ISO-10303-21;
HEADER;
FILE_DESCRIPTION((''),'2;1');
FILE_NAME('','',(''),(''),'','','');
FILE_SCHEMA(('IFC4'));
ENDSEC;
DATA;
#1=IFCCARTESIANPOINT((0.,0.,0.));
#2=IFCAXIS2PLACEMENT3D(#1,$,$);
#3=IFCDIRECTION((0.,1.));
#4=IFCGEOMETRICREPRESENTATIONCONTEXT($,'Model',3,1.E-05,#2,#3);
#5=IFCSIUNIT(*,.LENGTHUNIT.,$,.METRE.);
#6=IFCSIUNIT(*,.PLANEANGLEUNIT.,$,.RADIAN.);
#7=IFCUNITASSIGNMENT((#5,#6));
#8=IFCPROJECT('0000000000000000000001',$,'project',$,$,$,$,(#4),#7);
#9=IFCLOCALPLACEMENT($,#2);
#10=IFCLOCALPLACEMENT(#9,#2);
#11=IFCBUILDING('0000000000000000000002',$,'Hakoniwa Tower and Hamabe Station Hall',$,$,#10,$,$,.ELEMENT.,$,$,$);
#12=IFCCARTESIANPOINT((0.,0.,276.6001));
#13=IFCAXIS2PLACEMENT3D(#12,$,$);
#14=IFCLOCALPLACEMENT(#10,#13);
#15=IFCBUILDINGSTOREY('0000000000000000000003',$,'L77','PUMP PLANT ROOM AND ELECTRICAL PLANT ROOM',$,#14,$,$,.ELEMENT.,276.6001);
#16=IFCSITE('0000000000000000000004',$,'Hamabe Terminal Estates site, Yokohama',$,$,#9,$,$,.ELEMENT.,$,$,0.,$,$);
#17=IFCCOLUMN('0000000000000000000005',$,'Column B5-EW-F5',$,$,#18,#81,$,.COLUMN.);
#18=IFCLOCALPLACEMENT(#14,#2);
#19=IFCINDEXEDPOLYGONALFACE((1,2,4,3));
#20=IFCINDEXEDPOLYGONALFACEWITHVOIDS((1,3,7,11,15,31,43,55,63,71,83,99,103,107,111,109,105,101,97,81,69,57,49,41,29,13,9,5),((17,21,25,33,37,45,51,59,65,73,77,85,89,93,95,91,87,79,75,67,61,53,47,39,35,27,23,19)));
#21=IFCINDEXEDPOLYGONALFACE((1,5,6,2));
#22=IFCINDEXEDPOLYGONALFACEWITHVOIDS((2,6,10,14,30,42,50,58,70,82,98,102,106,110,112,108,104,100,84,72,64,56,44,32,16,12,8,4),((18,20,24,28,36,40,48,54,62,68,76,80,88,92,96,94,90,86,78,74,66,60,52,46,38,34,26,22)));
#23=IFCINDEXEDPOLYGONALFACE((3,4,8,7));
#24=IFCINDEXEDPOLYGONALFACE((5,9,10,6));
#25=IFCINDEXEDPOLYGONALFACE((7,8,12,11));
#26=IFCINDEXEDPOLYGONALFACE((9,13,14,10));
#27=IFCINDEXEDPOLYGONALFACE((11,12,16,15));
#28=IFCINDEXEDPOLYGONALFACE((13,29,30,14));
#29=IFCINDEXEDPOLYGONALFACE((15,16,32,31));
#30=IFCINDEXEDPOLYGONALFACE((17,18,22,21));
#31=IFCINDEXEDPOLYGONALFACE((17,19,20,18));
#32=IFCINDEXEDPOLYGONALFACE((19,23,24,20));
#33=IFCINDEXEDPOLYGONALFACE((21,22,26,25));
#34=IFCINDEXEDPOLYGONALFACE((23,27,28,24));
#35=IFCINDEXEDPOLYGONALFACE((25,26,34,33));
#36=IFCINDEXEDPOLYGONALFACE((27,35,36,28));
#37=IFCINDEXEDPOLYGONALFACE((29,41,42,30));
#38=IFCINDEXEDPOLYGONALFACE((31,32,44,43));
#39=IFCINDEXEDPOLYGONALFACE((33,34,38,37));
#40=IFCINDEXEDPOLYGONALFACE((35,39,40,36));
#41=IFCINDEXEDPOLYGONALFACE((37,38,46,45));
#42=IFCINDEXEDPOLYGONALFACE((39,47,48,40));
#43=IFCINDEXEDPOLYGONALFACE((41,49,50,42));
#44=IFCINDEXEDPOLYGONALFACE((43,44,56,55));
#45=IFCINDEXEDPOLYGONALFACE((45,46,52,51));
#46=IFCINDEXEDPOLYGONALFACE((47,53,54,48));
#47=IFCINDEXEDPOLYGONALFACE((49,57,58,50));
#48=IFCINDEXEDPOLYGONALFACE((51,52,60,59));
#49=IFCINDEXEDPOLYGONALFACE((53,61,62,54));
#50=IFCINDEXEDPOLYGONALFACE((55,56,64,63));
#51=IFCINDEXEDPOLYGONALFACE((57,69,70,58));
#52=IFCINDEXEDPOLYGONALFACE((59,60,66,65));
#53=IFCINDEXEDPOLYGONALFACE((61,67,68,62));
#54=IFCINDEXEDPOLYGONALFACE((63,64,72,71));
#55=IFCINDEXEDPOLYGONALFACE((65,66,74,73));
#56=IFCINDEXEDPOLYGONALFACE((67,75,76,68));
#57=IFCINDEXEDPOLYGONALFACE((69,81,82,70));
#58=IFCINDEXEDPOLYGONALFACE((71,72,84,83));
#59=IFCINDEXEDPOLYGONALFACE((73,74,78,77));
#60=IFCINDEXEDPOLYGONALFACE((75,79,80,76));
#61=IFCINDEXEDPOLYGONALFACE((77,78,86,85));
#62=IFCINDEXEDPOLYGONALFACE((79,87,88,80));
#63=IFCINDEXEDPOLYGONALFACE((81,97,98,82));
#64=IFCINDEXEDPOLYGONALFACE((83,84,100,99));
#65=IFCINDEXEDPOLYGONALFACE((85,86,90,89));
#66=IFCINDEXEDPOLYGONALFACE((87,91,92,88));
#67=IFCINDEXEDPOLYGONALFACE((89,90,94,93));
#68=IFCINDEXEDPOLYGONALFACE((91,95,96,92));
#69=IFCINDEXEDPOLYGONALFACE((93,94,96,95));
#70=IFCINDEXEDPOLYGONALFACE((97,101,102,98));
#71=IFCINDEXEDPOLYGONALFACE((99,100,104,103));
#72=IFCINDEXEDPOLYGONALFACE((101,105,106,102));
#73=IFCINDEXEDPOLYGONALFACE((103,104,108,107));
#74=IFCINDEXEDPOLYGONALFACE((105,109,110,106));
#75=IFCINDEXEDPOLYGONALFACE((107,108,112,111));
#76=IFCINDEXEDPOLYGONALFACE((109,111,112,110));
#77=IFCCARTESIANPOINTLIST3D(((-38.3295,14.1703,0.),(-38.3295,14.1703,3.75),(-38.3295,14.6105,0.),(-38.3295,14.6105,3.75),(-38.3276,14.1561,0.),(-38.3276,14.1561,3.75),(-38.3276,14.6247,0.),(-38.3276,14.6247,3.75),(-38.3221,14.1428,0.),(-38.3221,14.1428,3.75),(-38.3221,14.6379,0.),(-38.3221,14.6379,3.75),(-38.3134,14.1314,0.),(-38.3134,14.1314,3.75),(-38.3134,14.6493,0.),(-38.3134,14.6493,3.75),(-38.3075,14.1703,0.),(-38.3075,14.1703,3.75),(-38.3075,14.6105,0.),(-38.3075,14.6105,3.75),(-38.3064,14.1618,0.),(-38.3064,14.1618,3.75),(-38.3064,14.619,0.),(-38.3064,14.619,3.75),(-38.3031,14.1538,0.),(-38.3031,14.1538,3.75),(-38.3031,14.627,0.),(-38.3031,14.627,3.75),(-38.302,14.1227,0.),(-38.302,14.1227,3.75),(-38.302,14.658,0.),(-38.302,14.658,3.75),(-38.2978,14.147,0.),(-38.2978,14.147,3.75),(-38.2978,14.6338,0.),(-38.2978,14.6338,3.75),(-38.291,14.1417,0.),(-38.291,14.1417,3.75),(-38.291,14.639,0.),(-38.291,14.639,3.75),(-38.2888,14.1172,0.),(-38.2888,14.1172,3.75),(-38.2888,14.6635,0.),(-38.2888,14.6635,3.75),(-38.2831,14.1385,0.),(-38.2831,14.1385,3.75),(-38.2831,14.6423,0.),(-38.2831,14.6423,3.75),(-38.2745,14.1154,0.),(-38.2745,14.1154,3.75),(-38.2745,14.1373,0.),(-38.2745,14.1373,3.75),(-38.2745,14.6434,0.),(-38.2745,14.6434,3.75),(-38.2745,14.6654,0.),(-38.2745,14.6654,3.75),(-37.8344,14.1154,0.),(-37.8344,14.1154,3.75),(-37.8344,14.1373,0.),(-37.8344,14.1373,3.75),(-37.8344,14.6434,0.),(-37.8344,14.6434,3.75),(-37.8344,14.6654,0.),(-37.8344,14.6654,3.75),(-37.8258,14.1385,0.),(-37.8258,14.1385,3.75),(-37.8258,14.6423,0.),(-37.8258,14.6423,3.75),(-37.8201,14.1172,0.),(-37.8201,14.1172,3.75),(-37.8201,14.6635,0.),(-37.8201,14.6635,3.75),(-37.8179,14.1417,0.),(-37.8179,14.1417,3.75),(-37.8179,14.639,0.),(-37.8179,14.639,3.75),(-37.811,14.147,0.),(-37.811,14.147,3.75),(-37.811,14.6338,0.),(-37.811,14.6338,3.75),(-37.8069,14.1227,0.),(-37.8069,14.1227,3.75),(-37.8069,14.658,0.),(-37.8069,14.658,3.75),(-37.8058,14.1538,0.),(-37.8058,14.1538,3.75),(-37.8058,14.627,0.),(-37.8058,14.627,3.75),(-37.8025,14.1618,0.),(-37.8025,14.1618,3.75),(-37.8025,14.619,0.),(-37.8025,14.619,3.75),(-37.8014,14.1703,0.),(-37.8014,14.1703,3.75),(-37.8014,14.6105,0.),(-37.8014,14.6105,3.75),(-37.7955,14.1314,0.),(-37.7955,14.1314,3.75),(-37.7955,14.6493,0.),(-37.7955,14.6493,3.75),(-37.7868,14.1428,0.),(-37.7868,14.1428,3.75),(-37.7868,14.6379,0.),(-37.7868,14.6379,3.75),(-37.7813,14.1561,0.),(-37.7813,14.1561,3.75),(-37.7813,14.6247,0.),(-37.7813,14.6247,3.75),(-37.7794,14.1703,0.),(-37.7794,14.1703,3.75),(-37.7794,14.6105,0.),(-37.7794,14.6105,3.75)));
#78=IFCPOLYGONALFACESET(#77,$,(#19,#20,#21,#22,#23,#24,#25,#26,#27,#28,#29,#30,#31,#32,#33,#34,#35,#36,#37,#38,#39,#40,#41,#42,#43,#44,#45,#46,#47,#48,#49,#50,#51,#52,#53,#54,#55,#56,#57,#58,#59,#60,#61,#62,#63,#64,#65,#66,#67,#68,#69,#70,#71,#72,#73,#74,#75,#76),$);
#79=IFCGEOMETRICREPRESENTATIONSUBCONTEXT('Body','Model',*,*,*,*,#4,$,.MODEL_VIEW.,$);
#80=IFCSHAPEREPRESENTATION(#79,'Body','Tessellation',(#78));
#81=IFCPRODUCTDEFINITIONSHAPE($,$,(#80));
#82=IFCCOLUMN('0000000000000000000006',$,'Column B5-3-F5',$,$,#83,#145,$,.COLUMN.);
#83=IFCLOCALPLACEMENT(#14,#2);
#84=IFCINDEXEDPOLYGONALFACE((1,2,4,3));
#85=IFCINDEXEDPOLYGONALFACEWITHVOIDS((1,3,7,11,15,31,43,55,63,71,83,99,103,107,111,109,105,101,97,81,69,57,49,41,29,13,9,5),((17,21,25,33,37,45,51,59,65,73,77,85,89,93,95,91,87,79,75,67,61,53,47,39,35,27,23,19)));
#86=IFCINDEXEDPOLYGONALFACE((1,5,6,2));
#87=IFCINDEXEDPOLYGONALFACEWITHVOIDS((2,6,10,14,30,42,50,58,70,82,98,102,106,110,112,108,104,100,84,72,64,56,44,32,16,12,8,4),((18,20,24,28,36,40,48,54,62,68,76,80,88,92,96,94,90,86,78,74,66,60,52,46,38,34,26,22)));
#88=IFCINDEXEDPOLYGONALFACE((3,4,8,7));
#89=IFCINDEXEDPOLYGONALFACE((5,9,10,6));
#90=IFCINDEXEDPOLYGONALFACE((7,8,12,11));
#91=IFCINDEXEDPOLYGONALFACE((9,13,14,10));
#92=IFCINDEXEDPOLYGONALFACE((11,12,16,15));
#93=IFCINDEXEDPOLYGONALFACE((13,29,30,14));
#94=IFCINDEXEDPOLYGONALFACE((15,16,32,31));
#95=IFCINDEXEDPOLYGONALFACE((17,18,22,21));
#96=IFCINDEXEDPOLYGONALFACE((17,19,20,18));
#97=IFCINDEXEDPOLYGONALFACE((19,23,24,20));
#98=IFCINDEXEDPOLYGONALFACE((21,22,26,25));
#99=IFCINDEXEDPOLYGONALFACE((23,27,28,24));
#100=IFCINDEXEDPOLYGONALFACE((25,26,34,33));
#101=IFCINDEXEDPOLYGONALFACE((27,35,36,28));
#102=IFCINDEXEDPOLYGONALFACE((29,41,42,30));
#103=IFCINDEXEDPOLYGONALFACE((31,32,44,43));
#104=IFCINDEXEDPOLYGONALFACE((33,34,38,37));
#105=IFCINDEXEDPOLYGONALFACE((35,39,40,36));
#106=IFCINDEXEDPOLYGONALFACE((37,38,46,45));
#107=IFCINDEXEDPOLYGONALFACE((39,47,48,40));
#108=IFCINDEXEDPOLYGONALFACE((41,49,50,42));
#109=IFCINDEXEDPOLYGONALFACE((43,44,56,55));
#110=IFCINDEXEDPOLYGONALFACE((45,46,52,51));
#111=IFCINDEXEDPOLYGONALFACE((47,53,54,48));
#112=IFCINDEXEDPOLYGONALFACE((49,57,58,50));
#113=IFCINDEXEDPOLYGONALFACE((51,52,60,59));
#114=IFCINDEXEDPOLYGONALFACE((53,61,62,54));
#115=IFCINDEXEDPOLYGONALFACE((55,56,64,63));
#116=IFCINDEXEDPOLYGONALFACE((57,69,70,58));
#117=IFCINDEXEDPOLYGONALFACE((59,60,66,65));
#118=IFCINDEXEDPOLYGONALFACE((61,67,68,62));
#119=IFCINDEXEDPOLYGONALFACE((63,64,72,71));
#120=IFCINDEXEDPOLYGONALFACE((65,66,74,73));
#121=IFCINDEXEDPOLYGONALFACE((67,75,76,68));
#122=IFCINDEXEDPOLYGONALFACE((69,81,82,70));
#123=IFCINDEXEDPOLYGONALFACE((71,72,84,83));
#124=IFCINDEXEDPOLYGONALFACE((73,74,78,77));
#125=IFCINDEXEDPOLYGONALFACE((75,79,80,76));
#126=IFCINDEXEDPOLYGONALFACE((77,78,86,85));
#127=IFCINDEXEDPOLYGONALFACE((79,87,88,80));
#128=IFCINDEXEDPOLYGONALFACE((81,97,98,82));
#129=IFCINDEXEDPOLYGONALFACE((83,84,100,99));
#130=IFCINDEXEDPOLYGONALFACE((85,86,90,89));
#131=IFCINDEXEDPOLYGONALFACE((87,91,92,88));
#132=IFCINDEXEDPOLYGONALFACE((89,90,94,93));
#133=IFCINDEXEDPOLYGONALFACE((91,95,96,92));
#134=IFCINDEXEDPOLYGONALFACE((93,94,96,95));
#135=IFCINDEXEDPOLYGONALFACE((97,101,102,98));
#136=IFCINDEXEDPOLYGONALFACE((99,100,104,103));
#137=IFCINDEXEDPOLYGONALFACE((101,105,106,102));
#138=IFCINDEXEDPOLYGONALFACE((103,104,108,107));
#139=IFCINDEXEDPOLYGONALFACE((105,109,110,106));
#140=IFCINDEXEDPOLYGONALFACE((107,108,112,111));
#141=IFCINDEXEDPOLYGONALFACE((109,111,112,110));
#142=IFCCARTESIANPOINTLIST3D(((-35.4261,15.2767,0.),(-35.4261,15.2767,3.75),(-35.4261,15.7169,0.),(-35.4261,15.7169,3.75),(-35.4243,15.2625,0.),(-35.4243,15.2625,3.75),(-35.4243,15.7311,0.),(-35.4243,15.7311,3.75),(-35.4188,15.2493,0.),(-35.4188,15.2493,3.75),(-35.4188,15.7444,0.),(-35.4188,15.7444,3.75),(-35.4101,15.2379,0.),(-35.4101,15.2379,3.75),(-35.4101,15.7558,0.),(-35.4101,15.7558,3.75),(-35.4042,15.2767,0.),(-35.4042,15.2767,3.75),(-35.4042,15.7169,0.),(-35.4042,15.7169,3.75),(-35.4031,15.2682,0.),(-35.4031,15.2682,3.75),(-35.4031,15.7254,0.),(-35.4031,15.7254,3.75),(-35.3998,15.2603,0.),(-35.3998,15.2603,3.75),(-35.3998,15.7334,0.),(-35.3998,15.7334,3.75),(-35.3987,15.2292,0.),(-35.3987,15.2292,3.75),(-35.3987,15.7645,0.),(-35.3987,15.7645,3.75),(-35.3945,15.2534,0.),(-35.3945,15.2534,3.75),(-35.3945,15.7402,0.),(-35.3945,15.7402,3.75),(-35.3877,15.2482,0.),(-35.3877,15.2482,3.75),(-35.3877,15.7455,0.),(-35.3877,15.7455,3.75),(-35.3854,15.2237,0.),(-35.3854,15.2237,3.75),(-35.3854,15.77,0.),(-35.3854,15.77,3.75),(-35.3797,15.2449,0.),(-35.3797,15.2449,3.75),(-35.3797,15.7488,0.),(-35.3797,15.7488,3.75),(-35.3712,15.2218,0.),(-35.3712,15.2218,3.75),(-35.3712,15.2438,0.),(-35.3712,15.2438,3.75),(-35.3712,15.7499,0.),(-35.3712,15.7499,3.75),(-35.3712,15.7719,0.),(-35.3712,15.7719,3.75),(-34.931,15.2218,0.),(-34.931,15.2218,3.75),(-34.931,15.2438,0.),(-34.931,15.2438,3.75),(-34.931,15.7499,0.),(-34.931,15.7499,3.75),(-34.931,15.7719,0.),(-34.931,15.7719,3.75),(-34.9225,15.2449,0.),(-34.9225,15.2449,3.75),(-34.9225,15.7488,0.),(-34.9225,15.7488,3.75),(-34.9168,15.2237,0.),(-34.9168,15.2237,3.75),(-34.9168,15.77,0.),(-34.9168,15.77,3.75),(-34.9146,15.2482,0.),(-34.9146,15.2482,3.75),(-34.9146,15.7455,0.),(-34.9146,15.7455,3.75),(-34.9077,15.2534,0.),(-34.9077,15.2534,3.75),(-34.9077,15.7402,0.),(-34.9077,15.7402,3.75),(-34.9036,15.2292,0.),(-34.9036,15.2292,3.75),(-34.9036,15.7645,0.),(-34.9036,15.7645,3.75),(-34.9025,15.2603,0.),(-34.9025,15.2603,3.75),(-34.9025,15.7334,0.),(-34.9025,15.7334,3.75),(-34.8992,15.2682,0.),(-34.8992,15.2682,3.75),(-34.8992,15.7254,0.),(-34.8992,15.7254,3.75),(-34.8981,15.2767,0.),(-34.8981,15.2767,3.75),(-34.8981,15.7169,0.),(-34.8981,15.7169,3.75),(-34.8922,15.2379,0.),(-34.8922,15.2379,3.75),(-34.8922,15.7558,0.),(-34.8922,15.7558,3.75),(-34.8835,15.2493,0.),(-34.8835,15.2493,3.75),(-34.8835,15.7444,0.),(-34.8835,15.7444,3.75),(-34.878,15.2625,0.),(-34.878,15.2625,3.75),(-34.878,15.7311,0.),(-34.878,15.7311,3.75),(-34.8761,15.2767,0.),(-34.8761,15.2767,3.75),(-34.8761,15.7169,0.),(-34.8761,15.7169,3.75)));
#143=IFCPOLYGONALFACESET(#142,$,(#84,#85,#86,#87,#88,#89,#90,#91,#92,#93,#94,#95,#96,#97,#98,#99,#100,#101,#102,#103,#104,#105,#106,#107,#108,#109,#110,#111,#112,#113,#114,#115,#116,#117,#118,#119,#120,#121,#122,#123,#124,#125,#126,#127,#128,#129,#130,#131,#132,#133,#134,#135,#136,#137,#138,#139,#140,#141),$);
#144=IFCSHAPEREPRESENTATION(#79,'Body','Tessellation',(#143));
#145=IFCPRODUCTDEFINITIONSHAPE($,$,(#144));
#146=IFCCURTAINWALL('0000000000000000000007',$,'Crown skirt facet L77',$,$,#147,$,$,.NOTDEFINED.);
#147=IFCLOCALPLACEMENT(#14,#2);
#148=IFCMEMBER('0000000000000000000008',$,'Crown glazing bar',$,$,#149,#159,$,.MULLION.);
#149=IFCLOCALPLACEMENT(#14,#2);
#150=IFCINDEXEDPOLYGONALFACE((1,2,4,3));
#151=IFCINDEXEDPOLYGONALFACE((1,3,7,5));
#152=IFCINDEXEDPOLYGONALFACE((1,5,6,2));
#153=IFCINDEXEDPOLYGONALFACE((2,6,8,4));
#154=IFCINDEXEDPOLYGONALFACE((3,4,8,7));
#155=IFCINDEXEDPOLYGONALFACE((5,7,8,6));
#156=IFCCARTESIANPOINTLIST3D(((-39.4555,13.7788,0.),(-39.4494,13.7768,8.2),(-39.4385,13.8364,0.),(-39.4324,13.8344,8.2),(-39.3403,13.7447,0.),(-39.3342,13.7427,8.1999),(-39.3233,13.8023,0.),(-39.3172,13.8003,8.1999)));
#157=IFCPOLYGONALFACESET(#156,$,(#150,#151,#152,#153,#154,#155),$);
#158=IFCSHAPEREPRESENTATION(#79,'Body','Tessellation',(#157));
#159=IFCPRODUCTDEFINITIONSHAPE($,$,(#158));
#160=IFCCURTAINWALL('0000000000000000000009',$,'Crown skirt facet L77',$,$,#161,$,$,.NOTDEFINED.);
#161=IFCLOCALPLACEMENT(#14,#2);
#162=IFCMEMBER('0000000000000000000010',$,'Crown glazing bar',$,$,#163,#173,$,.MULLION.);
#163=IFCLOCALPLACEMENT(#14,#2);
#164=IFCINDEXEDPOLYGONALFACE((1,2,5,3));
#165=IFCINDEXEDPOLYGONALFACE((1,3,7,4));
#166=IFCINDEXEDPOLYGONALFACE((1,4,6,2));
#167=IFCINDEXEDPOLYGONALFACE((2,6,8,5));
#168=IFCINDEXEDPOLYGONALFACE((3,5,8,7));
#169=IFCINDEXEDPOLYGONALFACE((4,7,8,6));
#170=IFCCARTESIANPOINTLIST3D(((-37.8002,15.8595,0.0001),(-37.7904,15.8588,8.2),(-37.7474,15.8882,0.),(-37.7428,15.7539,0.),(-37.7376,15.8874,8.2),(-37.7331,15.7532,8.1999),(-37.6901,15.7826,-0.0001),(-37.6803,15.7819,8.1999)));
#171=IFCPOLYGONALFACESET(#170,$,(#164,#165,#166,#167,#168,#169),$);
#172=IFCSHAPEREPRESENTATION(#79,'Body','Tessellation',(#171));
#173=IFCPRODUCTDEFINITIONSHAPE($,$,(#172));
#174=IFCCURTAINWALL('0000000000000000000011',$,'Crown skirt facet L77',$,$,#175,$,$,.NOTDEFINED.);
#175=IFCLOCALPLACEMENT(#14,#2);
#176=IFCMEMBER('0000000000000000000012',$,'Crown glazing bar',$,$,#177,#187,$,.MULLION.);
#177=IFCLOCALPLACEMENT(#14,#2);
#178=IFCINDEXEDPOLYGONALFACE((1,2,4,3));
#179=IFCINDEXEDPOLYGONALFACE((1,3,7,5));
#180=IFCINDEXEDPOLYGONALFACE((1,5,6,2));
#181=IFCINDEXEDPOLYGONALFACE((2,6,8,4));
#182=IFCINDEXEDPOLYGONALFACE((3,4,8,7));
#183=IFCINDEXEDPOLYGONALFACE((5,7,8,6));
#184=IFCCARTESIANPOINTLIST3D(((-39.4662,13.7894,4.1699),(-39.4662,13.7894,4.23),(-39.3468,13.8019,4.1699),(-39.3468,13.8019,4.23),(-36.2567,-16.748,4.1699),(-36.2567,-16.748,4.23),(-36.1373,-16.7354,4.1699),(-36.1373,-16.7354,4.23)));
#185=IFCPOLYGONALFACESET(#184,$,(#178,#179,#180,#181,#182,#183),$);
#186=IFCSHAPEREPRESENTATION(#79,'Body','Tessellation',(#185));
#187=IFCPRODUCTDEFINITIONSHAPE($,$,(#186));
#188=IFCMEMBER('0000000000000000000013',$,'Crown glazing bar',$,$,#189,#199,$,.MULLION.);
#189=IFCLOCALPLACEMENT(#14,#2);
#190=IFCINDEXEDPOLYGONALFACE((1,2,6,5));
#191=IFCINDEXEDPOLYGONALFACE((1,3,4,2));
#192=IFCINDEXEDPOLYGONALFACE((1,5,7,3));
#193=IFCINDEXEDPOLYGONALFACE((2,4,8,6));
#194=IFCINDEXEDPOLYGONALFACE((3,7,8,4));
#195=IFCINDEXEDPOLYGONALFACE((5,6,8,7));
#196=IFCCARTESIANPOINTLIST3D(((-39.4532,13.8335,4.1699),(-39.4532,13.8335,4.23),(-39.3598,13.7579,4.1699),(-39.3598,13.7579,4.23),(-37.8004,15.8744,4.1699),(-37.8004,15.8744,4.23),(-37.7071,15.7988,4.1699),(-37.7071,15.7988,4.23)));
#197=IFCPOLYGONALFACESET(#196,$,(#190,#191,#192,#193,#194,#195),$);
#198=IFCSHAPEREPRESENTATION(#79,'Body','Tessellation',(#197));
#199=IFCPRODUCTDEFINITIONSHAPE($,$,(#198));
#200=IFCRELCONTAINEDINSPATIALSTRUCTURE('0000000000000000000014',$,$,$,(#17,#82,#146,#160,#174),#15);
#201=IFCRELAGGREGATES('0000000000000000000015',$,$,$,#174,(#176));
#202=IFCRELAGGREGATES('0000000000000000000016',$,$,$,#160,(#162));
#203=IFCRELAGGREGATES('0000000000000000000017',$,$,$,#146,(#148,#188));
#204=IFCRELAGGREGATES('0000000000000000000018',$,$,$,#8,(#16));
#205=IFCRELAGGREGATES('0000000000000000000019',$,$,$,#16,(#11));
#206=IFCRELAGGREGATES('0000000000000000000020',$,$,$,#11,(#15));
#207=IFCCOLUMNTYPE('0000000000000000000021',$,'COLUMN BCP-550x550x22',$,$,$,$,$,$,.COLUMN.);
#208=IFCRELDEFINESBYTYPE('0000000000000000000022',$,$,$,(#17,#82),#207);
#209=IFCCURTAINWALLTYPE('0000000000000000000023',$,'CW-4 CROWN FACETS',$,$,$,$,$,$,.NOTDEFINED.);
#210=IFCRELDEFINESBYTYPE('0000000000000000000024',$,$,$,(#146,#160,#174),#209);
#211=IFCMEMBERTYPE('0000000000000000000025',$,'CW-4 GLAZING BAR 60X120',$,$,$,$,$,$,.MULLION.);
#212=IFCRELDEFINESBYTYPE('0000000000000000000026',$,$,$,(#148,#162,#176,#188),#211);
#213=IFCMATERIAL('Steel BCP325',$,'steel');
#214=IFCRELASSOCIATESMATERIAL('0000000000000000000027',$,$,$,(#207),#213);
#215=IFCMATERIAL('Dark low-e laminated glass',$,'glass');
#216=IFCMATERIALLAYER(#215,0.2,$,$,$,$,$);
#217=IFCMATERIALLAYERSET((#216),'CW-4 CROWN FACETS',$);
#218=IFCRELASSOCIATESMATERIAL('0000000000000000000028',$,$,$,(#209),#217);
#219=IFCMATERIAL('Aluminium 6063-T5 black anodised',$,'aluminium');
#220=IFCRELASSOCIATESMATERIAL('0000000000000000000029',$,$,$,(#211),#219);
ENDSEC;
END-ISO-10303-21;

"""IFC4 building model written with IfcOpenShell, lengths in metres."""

from ifc_helpers import new_model, si_unit, direction, frame, origin, origin_2d, place, context, subcontext, project, spatial, rectangle, hollow_rectangle, extrude, material, layer, layer_set, material_profile, profile_set, type_object, element, aggregate, save


model = new_model("IFC4")

# Units and contexts
model_context = context("Model", 3, precision=1e-05, world=origin(), true_north=direction((0.0, 1.0)))
body_context = subcontext(model_context, "Body", "Model", "MODEL_VIEW")
ifc_project = project(units=[si_unit("LENGTHUNIT", "METRE"), si_unit("PLANEANGLEUNIT", "RADIAN")], contexts=[model_context])

# Site, building, storey
site_placement = place(None, origin())
site = spatial("IfcSite", under=ifc_project, at=site_placement, Name="Hamabe Terminal Estates site, Yokohama", CompositionType="ELEMENT", RefElevation=0.0)
building_placement = place(site_placement, origin())
building = spatial("IfcBuilding", under=site, at=building_placement, Name="Hakoniwa Tower and Hamabe Station Hall", CompositionType="ELEMENT")
storey_placement = place(building_placement, frame((0.0, 0.0, 276.6001)))
storey = spatial("IfcBuildingStorey", under=building, at=storey_placement, Name="L77", Description="PUMP PLANT ROOM AND ELECTRICAL PLANT ROOM", CompositionType="ELEMENT", Elevation=276.6001)

# Columns
ifc_material_1 = material(Name="Steel BCP325", Category="steel")
ifc_material_profile_1 = material_profile(ifc_material_1, hollow_rectangle(XDim=0.55, YDim=0.55, WallThickness=0.022, InnerFilletRadius=0.033, OuterFilletRadius=0.0549, at=origin_2d()), Name="BCP-550x550x22")
ifc_profile_set_1 = profile_set([ifc_material_profile_1], Name="Steel BCP325")
column_type = type_object("IfcColumnType", Name="COLUMN BCP-550x550x22", PredefinedType="COLUMN", material=ifc_profile_set_1)
for number, where, z_axis, x_axis, name in (
    (1, (-38.0544, 14.3904, 0.0), (0.0, 0.0, 1.0), (1.0, 0.0, 0.0), "Column B5-EW-F5"),
    (2, (-35.1511, 15.4968, 0.0), (0.0, 0.0, 1.0), (1.0, 0.0, 0.0), "Column B5-3-F5"),
):
    element("IfcColumn", number, at=place(storey_placement, frame(where, z_axis=z_axis, x_axis=x_axis)), inside=storey, type_object=column_type, Name=name, PredefinedType="COLUMN", context=body_context, shape_type="SweptSolid", body=[
        extrude(hollow_rectangle(XDim=0.55, YDim=0.55, WallThickness=0.022, InnerFilletRadius=0.033, OuterFilletRadius=0.0549, at=origin_2d()), origin(), (0.0, 0.0, 1.0), 3.75),
    ])

# Curtain walls, members
ifc_material_2 = material(Name="Dark low-e laminated glass", Category="glass")
ifc_layer_1 = layer(ifc_material_2, 0.2)
ifc_layer_set_1 = layer_set([ifc_layer_1], Name="CW-4 CROWN FACETS")
curtain_wall_type = type_object("IfcCurtainWallType", Name="CW-4 CROWN FACETS", PredefinedType="NOTDEFINED", material=ifc_layer_set_1)
curtain_wall_1_placement = place(storey_placement, origin())
curtain_wall_1 = element("IfcCurtainWall", 3, at=curtain_wall_1_placement, inside=storey, type_object=curtain_wall_type, Name="Crown skirt facet L77", PredefinedType="NOTDEFINED")
ifc_material_3 = material(Name="Aluminium 6063-T5 black anodised", Category="aluminium")
ifc_material_profile_2 = material_profile(ifc_material_3, rectangle(XDim=0.0601, YDim=0.1201, at=origin_2d()), Name="CW-4 GLAZING BAR 60X120")
ifc_profile_set_2 = profile_set([ifc_material_profile_2], Name="Aluminium 6063-T5 black anodised")
member_type = type_object("IfcMemberType", Name="CW-4 GLAZING BAR 60X120", PredefinedType="MULLION", material=ifc_profile_set_2)
member_1_placement = place(storey_placement, frame((-39.3894, 13.7905, 0.0), z_axis=(0.000744, -0.000238, 1.0), x_axis=(0.284015, 0.958819, 0.000228)))
member_1 = element("IfcMember", 4, at=member_1_placement, type_object=member_type, Name="Crown glazing bar", PredefinedType="MULLION", context=body_context, shape_type="SweptSolid", body=[
    extrude(rectangle(XDim=0.0601, YDim=0.1201, at=origin_2d()), origin(), (0.0, 0.0, 1.0), 8.2),
])
curtain_wall_2_placement = place(storey_placement, origin())
curtain_wall_2 = element("IfcCurtainWall", 5, at=curtain_wall_2_placement, inside=storey, type_object=curtain_wall_type, Name="Crown skirt facet L77", PredefinedType="NOTDEFINED")
member_2_placement = place(storey_placement, frame((-37.7451, 15.821, 0.0), z_axis=(0.001191, -0.000089, 0.999999), x_axis=(0.878817, 0.477158, 0.000043)))
member_2 = element("IfcMember", 6, at=member_2_placement, type_object=member_type, Name="Crown glazing bar", PredefinedType="MULLION", context=body_context, shape_type="SweptSolid", body=[
    extrude(rectangle(XDim=0.0601, YDim=0.1201, at=origin_2d()), origin(), (0.0, 0.0, 1.0), 8.2),
])
curtain_wall_3_placement = place(storey_placement, origin())
curtain_wall_3 = element("IfcCurtainWall", 7, at=curtain_wall_3_placement, inside=storey, type_object=curtain_wall_type, Name="Crown skirt facet L77", PredefinedType="NOTDEFINED")
member_3_placement = place(storey_placement, frame((-39.4065, 13.7957, 4.2), z_axis=(0.104524, -0.994522, 0.0), x_axis=(0.0, 0.0, 1.0)))
member_3 = element("IfcMember", 8, at=member_3_placement, type_object=member_type, Name="Crown glazing bar", PredefinedType="MULLION", context=body_context, shape_type="SweptSolid", body=[
    extrude(rectangle(XDim=0.0601, YDim=0.1201, at=origin_2d()), origin(), (0.0, 0.0, 1.0), 30.7056),
])
aggregate(curtain_wall_3, [member_3])

# Member
member_4_placement = place(storey_placement, frame((-39.4065, 13.7957, 4.2), z_axis=(0.629332, 0.777137, 0.0), x_axis=(0.0, 0.0, -1.0)))
member_4 = element("IfcMember", 9, at=member_4_placement, type_object=member_type, Name="Crown glazing bar", PredefinedType="MULLION", context=body_context, shape_type="SweptSolid", body=[
    extrude(rectangle(XDim=0.0601, YDim=0.1201, at=origin_2d()), origin(), (0.0, 0.0, 1.0), 2.6262),
])
aggregate(curtain_wall_2, [member_2])

aggregate(curtain_wall_1, [member_1, member_4])

save(model, "model.ifc")
